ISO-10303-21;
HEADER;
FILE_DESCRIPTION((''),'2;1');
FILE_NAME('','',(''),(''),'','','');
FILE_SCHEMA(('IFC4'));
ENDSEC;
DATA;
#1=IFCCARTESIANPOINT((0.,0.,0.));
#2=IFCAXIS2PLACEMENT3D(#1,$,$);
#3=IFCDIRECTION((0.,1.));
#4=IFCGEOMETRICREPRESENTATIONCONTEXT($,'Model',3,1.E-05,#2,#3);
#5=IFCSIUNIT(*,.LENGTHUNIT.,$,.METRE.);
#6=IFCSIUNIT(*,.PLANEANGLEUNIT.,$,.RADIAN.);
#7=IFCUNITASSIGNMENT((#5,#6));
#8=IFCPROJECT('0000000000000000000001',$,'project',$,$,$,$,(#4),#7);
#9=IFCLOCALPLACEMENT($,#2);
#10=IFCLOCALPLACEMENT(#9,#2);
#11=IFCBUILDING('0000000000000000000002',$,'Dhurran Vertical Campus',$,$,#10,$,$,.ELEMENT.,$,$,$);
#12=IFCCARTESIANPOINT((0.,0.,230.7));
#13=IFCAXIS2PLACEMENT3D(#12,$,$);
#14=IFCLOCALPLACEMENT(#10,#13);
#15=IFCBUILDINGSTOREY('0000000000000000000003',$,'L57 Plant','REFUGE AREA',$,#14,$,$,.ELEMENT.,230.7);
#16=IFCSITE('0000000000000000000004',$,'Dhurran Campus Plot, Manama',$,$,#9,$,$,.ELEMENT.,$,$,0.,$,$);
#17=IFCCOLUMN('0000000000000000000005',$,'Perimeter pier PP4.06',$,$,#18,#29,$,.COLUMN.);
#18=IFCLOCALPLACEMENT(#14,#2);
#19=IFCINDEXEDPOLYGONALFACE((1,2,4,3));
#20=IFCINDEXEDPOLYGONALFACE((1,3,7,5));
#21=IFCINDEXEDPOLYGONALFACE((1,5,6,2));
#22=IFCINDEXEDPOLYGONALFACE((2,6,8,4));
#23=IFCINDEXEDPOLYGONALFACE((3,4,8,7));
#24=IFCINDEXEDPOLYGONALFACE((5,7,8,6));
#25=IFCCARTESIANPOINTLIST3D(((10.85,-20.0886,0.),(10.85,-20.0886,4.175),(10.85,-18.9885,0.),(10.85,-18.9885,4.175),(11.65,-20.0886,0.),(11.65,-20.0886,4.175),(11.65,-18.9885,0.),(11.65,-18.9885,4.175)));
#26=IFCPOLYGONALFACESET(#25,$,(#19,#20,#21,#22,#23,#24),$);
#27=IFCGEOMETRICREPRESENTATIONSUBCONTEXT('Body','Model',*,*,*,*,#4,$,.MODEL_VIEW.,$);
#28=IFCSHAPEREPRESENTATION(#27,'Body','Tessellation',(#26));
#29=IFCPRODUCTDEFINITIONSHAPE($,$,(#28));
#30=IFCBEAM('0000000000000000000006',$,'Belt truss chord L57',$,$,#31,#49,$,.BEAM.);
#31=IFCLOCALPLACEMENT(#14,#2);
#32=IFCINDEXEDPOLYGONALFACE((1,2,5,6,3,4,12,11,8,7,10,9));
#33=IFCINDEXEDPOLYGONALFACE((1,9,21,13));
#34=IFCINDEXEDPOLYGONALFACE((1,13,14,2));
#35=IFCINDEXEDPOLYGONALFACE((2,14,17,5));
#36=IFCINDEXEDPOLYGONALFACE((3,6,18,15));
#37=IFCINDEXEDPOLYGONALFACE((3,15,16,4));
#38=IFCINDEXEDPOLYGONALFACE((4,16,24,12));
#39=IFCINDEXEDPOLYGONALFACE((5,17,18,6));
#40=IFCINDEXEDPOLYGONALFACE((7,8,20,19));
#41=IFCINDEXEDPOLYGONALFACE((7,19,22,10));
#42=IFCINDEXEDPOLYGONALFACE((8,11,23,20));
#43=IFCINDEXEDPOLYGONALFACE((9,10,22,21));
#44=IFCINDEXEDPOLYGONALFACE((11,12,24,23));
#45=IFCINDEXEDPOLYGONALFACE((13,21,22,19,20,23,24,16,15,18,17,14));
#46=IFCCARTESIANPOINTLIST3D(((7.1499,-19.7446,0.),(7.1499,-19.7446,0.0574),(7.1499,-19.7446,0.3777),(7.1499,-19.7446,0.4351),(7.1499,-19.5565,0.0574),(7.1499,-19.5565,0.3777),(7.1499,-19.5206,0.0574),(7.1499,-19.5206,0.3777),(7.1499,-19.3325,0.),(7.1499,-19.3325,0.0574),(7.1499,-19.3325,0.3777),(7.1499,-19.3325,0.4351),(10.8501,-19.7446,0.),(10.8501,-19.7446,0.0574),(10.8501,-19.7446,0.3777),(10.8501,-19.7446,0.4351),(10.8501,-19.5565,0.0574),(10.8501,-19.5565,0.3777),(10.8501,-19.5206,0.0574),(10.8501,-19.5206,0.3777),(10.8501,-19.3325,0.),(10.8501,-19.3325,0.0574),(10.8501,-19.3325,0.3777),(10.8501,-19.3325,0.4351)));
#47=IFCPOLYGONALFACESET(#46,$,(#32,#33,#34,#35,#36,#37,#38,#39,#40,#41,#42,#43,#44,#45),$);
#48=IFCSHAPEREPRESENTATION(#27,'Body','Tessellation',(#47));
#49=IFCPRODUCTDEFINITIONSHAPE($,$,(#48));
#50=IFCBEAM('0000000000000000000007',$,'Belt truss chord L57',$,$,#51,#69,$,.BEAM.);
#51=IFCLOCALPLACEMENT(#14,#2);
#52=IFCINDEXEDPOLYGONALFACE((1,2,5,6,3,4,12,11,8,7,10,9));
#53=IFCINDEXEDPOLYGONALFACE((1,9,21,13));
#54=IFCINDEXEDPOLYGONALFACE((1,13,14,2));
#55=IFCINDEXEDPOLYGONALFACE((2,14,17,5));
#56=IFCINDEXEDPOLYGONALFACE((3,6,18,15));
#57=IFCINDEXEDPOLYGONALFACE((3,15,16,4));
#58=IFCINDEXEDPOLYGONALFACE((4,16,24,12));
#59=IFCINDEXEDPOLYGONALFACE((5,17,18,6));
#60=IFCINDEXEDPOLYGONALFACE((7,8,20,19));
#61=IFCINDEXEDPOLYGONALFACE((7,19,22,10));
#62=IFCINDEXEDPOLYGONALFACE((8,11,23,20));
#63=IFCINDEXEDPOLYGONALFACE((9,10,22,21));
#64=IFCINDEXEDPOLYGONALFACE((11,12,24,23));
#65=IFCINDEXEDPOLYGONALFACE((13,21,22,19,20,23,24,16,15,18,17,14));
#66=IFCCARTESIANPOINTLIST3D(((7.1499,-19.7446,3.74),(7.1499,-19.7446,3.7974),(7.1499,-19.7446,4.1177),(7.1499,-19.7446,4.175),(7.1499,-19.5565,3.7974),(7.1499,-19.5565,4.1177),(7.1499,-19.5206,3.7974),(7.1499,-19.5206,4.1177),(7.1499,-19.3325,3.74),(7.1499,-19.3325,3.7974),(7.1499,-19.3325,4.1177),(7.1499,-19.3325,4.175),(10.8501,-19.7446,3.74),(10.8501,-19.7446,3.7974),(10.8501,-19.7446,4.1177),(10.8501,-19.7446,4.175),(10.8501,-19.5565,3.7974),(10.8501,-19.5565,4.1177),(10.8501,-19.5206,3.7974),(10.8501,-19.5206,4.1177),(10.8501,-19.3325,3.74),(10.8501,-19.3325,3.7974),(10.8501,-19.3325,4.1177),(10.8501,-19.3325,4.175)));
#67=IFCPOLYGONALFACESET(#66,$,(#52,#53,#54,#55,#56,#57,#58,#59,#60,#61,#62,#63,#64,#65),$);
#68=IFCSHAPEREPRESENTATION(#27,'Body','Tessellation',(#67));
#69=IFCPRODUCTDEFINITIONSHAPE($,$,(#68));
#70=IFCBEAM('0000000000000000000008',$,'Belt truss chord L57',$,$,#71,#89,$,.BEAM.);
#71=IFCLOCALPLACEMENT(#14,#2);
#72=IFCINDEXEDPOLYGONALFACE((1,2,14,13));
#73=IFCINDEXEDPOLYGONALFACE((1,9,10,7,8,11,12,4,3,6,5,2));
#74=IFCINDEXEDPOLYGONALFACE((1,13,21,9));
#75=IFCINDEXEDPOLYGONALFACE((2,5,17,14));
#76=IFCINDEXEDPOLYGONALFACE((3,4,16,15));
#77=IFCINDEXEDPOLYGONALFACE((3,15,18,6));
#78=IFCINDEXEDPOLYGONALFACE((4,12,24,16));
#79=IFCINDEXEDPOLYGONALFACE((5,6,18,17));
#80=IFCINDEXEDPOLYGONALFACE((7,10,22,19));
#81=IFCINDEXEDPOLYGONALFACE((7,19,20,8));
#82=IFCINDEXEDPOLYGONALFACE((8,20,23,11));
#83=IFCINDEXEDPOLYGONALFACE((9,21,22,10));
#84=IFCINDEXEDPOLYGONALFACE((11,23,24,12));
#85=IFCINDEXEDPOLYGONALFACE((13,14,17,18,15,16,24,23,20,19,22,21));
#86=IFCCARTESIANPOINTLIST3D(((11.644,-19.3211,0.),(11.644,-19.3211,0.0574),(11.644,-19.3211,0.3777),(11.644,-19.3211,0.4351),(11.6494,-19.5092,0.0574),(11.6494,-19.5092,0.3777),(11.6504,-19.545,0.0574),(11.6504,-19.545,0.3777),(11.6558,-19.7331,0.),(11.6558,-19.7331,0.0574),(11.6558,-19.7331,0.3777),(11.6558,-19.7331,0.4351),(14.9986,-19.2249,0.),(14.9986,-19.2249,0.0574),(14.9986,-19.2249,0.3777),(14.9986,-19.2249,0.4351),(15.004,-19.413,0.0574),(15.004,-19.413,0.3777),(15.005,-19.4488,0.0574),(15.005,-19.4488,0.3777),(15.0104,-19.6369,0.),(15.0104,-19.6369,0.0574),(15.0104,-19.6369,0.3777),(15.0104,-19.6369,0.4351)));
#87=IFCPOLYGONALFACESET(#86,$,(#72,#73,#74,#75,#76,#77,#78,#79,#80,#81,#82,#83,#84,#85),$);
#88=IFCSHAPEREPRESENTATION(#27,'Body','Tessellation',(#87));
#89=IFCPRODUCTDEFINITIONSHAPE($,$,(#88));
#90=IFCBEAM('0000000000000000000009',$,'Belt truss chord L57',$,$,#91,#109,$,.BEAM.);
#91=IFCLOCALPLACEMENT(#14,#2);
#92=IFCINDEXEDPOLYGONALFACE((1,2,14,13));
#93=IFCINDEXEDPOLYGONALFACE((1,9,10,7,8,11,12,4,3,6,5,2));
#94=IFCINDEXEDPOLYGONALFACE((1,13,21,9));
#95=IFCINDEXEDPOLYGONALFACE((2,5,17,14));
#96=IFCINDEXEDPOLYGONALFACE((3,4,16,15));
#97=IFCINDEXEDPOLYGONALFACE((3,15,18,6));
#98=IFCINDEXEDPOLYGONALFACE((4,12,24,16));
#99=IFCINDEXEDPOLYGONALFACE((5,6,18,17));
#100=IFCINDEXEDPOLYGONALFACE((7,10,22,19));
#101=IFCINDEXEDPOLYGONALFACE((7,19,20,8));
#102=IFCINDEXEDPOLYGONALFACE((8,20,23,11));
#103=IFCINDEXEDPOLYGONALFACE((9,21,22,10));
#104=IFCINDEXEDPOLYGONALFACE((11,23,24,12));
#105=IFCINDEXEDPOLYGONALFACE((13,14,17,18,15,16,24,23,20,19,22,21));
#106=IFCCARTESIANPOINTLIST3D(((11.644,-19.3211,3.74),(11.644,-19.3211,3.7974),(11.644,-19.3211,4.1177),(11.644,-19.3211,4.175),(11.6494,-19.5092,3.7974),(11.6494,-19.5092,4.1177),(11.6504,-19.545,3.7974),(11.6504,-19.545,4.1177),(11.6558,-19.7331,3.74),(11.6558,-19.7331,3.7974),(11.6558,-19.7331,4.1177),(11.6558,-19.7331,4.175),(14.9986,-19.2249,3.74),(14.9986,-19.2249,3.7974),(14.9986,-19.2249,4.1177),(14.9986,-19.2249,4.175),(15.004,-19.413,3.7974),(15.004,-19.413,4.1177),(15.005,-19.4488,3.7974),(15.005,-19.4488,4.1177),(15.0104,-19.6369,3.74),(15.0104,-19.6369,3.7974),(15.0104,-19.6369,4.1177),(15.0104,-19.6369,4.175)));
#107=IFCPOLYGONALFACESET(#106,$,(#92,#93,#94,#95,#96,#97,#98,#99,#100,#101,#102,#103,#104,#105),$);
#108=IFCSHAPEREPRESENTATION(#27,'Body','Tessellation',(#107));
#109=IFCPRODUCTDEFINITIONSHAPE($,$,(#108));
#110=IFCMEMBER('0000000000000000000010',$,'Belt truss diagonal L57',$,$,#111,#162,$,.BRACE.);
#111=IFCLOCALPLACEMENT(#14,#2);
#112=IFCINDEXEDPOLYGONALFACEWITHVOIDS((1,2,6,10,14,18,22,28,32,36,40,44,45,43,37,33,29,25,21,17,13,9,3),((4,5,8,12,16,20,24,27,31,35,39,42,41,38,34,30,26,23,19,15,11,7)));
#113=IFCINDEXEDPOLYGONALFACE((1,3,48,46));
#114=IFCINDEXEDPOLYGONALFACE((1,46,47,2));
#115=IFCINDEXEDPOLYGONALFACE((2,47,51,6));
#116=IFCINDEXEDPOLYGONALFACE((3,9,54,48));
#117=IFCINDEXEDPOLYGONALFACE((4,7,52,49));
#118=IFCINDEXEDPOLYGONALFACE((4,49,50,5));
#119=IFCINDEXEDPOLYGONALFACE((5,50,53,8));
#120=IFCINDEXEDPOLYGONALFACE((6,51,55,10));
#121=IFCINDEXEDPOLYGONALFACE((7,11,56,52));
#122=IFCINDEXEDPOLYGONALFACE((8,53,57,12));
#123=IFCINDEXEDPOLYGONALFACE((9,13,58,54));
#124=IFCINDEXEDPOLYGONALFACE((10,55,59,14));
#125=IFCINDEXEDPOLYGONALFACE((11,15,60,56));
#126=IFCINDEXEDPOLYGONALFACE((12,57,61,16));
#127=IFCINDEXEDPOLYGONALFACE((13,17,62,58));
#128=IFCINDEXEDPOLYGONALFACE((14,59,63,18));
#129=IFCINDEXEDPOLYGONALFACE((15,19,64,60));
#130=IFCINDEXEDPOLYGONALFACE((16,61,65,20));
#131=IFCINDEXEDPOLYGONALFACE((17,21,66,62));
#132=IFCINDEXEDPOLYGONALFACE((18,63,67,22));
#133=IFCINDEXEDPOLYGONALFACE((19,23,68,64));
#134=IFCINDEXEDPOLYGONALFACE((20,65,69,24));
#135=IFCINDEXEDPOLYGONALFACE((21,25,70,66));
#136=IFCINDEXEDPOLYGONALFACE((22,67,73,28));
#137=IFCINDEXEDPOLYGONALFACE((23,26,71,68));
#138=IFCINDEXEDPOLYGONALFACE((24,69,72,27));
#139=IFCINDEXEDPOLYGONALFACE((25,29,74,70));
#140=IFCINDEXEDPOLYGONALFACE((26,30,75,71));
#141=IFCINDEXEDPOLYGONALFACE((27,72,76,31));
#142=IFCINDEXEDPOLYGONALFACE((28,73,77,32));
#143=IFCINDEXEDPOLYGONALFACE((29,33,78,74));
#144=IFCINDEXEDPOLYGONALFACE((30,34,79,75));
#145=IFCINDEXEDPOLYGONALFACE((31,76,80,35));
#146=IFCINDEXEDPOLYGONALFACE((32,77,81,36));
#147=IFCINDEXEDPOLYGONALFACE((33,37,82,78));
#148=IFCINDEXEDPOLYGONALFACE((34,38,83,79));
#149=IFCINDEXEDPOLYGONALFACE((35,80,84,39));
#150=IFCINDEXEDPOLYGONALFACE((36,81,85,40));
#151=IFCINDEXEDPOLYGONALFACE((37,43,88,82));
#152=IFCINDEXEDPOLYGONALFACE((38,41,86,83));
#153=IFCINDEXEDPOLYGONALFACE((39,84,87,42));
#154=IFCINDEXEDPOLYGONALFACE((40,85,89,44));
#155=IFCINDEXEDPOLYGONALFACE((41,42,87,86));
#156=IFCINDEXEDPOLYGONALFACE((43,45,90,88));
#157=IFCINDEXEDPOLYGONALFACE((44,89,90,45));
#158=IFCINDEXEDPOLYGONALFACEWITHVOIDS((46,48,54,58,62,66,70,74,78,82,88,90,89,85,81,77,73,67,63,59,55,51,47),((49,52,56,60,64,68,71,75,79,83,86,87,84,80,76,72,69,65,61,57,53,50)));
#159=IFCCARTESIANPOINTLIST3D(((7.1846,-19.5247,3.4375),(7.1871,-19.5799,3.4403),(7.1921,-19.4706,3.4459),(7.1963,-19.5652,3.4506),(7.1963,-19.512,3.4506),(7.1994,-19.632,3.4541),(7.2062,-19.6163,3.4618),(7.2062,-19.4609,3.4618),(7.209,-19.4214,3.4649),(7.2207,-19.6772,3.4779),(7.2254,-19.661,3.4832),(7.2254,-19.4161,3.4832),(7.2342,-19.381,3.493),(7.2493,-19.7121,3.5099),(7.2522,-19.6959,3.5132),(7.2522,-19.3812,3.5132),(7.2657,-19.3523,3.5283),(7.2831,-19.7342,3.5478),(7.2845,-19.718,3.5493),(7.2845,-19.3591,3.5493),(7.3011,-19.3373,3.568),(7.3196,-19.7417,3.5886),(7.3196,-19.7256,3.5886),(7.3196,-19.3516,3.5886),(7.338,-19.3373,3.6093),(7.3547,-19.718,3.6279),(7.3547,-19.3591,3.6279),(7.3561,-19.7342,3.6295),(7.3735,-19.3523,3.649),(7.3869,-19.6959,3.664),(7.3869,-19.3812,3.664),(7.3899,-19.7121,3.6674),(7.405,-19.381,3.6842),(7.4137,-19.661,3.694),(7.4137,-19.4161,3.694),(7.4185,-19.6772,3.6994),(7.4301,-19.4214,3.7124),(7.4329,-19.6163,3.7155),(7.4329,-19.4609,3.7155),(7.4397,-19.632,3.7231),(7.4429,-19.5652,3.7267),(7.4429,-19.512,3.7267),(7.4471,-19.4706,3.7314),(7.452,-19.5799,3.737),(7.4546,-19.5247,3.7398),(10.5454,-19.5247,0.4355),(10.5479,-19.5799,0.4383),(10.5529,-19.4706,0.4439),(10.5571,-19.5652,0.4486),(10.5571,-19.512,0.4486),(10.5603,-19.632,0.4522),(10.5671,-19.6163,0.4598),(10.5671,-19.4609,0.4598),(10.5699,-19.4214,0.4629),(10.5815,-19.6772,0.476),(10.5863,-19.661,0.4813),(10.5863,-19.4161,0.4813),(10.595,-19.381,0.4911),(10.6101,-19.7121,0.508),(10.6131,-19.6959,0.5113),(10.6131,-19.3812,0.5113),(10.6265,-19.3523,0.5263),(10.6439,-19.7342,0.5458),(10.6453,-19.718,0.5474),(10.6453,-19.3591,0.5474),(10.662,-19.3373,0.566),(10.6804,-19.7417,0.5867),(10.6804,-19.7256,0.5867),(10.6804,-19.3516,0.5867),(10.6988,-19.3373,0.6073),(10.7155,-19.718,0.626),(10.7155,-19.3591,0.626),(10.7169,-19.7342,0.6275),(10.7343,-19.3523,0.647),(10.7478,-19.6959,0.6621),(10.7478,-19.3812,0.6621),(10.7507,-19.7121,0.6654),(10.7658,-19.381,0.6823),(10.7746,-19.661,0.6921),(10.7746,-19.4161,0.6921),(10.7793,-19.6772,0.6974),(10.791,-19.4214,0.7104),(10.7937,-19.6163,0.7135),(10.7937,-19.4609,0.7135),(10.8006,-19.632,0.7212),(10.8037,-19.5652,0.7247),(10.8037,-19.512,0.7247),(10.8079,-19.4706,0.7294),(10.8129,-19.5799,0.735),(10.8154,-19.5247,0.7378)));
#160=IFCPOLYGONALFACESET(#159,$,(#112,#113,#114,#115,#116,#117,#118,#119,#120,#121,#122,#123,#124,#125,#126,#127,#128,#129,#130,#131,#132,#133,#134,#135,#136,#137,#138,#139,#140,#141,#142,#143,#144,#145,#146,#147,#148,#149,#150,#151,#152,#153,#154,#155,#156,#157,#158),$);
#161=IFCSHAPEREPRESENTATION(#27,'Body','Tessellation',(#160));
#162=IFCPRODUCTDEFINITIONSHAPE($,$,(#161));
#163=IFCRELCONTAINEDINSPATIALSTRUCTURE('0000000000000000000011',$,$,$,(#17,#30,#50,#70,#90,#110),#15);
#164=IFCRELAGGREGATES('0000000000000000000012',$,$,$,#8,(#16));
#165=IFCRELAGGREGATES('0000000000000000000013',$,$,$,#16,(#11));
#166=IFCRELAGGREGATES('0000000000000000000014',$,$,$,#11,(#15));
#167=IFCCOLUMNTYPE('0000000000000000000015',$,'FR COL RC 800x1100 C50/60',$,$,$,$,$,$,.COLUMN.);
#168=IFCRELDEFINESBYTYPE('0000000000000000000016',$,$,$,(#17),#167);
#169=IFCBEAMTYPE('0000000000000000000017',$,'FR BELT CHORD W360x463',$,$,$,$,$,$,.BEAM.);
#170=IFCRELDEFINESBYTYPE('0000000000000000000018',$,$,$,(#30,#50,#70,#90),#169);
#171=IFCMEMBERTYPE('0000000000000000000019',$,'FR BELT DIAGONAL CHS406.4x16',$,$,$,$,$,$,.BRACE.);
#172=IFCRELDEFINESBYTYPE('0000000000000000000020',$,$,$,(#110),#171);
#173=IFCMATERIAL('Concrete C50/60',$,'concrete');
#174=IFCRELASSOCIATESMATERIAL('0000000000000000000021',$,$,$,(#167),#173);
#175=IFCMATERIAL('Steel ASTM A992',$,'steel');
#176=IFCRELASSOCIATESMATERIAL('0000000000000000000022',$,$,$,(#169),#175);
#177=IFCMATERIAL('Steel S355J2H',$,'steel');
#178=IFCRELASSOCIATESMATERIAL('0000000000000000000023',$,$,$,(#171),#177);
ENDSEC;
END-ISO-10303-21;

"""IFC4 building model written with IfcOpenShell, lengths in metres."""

from ifc_helpers import new_model, si_unit, direction, frame, origin, origin_2d, place, context, subcontext, project, spatial, rectangle, hollow_circle, i_section, extrude, material, material_profile, profile_set, type_object, element, save


model = new_model("IFC4")

# Units and contexts
model_context = context("Model", 3, precision=1e-05, world=origin(), true_north=direction((0.0, 1.0)))
body_context = subcontext(model_context, "Body", "Model", "MODEL_VIEW")
ifc_project = project(units=[si_unit("LENGTHUNIT", "METRE"), si_unit("PLANEANGLEUNIT", "RADIAN")], contexts=[model_context])

# Site, building, storey
site_placement = place(None, origin())
site = spatial("IfcSite", under=ifc_project, at=site_placement, Name="Dhurran Campus Plot, Manama", CompositionType="ELEMENT", RefElevation=0.0)
building_placement = place(site_placement, origin())
building = spatial("IfcBuilding", under=site, at=building_placement, Name="Dhurran Vertical Campus", CompositionType="ELEMENT")
storey_placement = place(building_placement, frame((0.0, 0.0, 230.7)))
storey = spatial("IfcBuildingStorey", under=building, at=storey_placement, Name="L57 Plant", Description="REFUGE AREA", CompositionType="ELEMENT", Elevation=230.7)

# Column
ifc_material_1 = material(Name="Concrete C50/60", Category="concrete")
ifc_material_profile_1 = material_profile(ifc_material_1, rectangle(XDim=0.8, YDim=1.1001, at=origin_2d()), Name="RC 800x1100")
ifc_profile_set_1 = profile_set([ifc_material_profile_1], Name="Concrete C50/60")
column_type = type_object("IfcColumnType", Name="FR COL RC 800x1100 C50/60", PredefinedType="COLUMN", material=ifc_profile_set_1)
column_placement = place(storey_placement, frame((11.25, -19.5386, 0.0), z_axis=(0.0, 0.0, 1.0), x_axis=(1.0, 0.0, 0.0)))
element("IfcColumn", 1, at=column_placement, inside=storey, type_object=column_type, Name="Perimeter pier PP4.06", PredefinedType="COLUMN", context=body_context, shape_type="SweptSolid", body=[
    extrude(rectangle(XDim=0.8, YDim=1.1001, at=origin_2d()), origin(), (0.0, 0.0, 1.0), 4.175),
])

# Beams
ifc_material_2 = material(Name="Steel ASTM A992", Category="steel")
ifc_material_profile_2 = material_profile(ifc_material_2, i_section(OverallWidth=0.4121, OverallDepth=0.4351, WebThickness=0.0359, FlangeThickness=0.0574, at=origin_2d()), Name="W360x463")
ifc_profile_set_2 = profile_set([ifc_material_profile_2], Name="Steel ASTM A992")
beam_type = type_object("IfcBeamType", Name="FR BELT CHORD W360x463", PredefinedType="BEAM", material=ifc_profile_set_2)
for number, where, z_axis, x_axis, name in (
    (2, (7.1499, -19.5386, 0.2175), (1.0, 0.0, 0.0), (0.0, 1.0, 0.0), "Belt truss chord L57"),
    (3, (7.1499, -19.5386, 3.9575), (1.0, 0.0, 0.0), (0.0, 1.0, 0.0), "Belt truss chord L57"),
):
    element("IfcBeam", number, at=place(storey_placement, frame(where, z_axis=z_axis, x_axis=x_axis)), inside=storey, type_object=beam_type, Name=name, PredefinedType="BEAM", context=body_context, shape_type="SweptSolid", body=[
        extrude(i_section(OverallWidth=0.4121, OverallDepth=0.4351, WebThickness=0.0359, FlangeThickness=0.0574, at=origin_2d()), origin(), (0.0, 0.0, 1.0), 3.7002),
    ])
for number, where, z_axis, x_axis, name in (
    (4, (11.6499, -19.5271, 0.2175), (0.999589, 0.028664, 0.0), (-0.028664, 0.999589, 0.0), "Belt truss chord L57"),
    (5, (11.6499, -19.5271, 3.9575), (0.999589, 0.028664, 0.0), (-0.028664, 0.999589, 0.0), "Belt truss chord L57"),
):
    element("IfcBeam", number, at=place(storey_placement, frame(where, z_axis=z_axis, x_axis=x_axis)), inside=storey, type_object=beam_type, Name=name, PredefinedType="BEAM", context=body_context, shape_type="SweptSolid", body=[
        extrude(i_section(OverallWidth=0.4121, OverallDepth=0.4351, WebThickness=0.0359, FlangeThickness=0.0574, at=origin_2d()), origin(), (0.0, 0.0, 1.0), 3.356),
    ])

# Member
ifc_material_3 = material(Name="Steel S355J2H", Category="steel")
ifc_material_profile_3 = material_profile(ifc_material_3, hollow_circle(Radius=0.2031, WallThickness=0.0161, at=origin_2d()), Name="CHS406.4x16")
ifc_profile_set_3 = profile_set([ifc_material_profile_3], Name="Steel S355J2H")
member_type = type_object("IfcMemberType", Name="FR BELT DIAGONAL CHS406.4x16", PredefinedType="BRACE", material=ifc_profile_set_3)
member_1_placement = place(storey_placement, frame((10.6804, -19.5386, 0.5867), z_axis=(-0.745805, 0.0, 0.666164), x_axis=(0.0, -1.0, 0.0)))
element("IfcMember", 6, at=member_1_placement, inside=storey, type_object=member_type, Name="Belt truss diagonal L57", PredefinedType="BRACE", context=body_context, shape_type="SweptSolid", body=[
    extrude(hollow_circle(Radius=0.2031, WallThickness=0.0161, at=origin_2d()), origin(), (0.0, 0.0, 1.0), 4.5063),
])

save(model, "model.ifc")
